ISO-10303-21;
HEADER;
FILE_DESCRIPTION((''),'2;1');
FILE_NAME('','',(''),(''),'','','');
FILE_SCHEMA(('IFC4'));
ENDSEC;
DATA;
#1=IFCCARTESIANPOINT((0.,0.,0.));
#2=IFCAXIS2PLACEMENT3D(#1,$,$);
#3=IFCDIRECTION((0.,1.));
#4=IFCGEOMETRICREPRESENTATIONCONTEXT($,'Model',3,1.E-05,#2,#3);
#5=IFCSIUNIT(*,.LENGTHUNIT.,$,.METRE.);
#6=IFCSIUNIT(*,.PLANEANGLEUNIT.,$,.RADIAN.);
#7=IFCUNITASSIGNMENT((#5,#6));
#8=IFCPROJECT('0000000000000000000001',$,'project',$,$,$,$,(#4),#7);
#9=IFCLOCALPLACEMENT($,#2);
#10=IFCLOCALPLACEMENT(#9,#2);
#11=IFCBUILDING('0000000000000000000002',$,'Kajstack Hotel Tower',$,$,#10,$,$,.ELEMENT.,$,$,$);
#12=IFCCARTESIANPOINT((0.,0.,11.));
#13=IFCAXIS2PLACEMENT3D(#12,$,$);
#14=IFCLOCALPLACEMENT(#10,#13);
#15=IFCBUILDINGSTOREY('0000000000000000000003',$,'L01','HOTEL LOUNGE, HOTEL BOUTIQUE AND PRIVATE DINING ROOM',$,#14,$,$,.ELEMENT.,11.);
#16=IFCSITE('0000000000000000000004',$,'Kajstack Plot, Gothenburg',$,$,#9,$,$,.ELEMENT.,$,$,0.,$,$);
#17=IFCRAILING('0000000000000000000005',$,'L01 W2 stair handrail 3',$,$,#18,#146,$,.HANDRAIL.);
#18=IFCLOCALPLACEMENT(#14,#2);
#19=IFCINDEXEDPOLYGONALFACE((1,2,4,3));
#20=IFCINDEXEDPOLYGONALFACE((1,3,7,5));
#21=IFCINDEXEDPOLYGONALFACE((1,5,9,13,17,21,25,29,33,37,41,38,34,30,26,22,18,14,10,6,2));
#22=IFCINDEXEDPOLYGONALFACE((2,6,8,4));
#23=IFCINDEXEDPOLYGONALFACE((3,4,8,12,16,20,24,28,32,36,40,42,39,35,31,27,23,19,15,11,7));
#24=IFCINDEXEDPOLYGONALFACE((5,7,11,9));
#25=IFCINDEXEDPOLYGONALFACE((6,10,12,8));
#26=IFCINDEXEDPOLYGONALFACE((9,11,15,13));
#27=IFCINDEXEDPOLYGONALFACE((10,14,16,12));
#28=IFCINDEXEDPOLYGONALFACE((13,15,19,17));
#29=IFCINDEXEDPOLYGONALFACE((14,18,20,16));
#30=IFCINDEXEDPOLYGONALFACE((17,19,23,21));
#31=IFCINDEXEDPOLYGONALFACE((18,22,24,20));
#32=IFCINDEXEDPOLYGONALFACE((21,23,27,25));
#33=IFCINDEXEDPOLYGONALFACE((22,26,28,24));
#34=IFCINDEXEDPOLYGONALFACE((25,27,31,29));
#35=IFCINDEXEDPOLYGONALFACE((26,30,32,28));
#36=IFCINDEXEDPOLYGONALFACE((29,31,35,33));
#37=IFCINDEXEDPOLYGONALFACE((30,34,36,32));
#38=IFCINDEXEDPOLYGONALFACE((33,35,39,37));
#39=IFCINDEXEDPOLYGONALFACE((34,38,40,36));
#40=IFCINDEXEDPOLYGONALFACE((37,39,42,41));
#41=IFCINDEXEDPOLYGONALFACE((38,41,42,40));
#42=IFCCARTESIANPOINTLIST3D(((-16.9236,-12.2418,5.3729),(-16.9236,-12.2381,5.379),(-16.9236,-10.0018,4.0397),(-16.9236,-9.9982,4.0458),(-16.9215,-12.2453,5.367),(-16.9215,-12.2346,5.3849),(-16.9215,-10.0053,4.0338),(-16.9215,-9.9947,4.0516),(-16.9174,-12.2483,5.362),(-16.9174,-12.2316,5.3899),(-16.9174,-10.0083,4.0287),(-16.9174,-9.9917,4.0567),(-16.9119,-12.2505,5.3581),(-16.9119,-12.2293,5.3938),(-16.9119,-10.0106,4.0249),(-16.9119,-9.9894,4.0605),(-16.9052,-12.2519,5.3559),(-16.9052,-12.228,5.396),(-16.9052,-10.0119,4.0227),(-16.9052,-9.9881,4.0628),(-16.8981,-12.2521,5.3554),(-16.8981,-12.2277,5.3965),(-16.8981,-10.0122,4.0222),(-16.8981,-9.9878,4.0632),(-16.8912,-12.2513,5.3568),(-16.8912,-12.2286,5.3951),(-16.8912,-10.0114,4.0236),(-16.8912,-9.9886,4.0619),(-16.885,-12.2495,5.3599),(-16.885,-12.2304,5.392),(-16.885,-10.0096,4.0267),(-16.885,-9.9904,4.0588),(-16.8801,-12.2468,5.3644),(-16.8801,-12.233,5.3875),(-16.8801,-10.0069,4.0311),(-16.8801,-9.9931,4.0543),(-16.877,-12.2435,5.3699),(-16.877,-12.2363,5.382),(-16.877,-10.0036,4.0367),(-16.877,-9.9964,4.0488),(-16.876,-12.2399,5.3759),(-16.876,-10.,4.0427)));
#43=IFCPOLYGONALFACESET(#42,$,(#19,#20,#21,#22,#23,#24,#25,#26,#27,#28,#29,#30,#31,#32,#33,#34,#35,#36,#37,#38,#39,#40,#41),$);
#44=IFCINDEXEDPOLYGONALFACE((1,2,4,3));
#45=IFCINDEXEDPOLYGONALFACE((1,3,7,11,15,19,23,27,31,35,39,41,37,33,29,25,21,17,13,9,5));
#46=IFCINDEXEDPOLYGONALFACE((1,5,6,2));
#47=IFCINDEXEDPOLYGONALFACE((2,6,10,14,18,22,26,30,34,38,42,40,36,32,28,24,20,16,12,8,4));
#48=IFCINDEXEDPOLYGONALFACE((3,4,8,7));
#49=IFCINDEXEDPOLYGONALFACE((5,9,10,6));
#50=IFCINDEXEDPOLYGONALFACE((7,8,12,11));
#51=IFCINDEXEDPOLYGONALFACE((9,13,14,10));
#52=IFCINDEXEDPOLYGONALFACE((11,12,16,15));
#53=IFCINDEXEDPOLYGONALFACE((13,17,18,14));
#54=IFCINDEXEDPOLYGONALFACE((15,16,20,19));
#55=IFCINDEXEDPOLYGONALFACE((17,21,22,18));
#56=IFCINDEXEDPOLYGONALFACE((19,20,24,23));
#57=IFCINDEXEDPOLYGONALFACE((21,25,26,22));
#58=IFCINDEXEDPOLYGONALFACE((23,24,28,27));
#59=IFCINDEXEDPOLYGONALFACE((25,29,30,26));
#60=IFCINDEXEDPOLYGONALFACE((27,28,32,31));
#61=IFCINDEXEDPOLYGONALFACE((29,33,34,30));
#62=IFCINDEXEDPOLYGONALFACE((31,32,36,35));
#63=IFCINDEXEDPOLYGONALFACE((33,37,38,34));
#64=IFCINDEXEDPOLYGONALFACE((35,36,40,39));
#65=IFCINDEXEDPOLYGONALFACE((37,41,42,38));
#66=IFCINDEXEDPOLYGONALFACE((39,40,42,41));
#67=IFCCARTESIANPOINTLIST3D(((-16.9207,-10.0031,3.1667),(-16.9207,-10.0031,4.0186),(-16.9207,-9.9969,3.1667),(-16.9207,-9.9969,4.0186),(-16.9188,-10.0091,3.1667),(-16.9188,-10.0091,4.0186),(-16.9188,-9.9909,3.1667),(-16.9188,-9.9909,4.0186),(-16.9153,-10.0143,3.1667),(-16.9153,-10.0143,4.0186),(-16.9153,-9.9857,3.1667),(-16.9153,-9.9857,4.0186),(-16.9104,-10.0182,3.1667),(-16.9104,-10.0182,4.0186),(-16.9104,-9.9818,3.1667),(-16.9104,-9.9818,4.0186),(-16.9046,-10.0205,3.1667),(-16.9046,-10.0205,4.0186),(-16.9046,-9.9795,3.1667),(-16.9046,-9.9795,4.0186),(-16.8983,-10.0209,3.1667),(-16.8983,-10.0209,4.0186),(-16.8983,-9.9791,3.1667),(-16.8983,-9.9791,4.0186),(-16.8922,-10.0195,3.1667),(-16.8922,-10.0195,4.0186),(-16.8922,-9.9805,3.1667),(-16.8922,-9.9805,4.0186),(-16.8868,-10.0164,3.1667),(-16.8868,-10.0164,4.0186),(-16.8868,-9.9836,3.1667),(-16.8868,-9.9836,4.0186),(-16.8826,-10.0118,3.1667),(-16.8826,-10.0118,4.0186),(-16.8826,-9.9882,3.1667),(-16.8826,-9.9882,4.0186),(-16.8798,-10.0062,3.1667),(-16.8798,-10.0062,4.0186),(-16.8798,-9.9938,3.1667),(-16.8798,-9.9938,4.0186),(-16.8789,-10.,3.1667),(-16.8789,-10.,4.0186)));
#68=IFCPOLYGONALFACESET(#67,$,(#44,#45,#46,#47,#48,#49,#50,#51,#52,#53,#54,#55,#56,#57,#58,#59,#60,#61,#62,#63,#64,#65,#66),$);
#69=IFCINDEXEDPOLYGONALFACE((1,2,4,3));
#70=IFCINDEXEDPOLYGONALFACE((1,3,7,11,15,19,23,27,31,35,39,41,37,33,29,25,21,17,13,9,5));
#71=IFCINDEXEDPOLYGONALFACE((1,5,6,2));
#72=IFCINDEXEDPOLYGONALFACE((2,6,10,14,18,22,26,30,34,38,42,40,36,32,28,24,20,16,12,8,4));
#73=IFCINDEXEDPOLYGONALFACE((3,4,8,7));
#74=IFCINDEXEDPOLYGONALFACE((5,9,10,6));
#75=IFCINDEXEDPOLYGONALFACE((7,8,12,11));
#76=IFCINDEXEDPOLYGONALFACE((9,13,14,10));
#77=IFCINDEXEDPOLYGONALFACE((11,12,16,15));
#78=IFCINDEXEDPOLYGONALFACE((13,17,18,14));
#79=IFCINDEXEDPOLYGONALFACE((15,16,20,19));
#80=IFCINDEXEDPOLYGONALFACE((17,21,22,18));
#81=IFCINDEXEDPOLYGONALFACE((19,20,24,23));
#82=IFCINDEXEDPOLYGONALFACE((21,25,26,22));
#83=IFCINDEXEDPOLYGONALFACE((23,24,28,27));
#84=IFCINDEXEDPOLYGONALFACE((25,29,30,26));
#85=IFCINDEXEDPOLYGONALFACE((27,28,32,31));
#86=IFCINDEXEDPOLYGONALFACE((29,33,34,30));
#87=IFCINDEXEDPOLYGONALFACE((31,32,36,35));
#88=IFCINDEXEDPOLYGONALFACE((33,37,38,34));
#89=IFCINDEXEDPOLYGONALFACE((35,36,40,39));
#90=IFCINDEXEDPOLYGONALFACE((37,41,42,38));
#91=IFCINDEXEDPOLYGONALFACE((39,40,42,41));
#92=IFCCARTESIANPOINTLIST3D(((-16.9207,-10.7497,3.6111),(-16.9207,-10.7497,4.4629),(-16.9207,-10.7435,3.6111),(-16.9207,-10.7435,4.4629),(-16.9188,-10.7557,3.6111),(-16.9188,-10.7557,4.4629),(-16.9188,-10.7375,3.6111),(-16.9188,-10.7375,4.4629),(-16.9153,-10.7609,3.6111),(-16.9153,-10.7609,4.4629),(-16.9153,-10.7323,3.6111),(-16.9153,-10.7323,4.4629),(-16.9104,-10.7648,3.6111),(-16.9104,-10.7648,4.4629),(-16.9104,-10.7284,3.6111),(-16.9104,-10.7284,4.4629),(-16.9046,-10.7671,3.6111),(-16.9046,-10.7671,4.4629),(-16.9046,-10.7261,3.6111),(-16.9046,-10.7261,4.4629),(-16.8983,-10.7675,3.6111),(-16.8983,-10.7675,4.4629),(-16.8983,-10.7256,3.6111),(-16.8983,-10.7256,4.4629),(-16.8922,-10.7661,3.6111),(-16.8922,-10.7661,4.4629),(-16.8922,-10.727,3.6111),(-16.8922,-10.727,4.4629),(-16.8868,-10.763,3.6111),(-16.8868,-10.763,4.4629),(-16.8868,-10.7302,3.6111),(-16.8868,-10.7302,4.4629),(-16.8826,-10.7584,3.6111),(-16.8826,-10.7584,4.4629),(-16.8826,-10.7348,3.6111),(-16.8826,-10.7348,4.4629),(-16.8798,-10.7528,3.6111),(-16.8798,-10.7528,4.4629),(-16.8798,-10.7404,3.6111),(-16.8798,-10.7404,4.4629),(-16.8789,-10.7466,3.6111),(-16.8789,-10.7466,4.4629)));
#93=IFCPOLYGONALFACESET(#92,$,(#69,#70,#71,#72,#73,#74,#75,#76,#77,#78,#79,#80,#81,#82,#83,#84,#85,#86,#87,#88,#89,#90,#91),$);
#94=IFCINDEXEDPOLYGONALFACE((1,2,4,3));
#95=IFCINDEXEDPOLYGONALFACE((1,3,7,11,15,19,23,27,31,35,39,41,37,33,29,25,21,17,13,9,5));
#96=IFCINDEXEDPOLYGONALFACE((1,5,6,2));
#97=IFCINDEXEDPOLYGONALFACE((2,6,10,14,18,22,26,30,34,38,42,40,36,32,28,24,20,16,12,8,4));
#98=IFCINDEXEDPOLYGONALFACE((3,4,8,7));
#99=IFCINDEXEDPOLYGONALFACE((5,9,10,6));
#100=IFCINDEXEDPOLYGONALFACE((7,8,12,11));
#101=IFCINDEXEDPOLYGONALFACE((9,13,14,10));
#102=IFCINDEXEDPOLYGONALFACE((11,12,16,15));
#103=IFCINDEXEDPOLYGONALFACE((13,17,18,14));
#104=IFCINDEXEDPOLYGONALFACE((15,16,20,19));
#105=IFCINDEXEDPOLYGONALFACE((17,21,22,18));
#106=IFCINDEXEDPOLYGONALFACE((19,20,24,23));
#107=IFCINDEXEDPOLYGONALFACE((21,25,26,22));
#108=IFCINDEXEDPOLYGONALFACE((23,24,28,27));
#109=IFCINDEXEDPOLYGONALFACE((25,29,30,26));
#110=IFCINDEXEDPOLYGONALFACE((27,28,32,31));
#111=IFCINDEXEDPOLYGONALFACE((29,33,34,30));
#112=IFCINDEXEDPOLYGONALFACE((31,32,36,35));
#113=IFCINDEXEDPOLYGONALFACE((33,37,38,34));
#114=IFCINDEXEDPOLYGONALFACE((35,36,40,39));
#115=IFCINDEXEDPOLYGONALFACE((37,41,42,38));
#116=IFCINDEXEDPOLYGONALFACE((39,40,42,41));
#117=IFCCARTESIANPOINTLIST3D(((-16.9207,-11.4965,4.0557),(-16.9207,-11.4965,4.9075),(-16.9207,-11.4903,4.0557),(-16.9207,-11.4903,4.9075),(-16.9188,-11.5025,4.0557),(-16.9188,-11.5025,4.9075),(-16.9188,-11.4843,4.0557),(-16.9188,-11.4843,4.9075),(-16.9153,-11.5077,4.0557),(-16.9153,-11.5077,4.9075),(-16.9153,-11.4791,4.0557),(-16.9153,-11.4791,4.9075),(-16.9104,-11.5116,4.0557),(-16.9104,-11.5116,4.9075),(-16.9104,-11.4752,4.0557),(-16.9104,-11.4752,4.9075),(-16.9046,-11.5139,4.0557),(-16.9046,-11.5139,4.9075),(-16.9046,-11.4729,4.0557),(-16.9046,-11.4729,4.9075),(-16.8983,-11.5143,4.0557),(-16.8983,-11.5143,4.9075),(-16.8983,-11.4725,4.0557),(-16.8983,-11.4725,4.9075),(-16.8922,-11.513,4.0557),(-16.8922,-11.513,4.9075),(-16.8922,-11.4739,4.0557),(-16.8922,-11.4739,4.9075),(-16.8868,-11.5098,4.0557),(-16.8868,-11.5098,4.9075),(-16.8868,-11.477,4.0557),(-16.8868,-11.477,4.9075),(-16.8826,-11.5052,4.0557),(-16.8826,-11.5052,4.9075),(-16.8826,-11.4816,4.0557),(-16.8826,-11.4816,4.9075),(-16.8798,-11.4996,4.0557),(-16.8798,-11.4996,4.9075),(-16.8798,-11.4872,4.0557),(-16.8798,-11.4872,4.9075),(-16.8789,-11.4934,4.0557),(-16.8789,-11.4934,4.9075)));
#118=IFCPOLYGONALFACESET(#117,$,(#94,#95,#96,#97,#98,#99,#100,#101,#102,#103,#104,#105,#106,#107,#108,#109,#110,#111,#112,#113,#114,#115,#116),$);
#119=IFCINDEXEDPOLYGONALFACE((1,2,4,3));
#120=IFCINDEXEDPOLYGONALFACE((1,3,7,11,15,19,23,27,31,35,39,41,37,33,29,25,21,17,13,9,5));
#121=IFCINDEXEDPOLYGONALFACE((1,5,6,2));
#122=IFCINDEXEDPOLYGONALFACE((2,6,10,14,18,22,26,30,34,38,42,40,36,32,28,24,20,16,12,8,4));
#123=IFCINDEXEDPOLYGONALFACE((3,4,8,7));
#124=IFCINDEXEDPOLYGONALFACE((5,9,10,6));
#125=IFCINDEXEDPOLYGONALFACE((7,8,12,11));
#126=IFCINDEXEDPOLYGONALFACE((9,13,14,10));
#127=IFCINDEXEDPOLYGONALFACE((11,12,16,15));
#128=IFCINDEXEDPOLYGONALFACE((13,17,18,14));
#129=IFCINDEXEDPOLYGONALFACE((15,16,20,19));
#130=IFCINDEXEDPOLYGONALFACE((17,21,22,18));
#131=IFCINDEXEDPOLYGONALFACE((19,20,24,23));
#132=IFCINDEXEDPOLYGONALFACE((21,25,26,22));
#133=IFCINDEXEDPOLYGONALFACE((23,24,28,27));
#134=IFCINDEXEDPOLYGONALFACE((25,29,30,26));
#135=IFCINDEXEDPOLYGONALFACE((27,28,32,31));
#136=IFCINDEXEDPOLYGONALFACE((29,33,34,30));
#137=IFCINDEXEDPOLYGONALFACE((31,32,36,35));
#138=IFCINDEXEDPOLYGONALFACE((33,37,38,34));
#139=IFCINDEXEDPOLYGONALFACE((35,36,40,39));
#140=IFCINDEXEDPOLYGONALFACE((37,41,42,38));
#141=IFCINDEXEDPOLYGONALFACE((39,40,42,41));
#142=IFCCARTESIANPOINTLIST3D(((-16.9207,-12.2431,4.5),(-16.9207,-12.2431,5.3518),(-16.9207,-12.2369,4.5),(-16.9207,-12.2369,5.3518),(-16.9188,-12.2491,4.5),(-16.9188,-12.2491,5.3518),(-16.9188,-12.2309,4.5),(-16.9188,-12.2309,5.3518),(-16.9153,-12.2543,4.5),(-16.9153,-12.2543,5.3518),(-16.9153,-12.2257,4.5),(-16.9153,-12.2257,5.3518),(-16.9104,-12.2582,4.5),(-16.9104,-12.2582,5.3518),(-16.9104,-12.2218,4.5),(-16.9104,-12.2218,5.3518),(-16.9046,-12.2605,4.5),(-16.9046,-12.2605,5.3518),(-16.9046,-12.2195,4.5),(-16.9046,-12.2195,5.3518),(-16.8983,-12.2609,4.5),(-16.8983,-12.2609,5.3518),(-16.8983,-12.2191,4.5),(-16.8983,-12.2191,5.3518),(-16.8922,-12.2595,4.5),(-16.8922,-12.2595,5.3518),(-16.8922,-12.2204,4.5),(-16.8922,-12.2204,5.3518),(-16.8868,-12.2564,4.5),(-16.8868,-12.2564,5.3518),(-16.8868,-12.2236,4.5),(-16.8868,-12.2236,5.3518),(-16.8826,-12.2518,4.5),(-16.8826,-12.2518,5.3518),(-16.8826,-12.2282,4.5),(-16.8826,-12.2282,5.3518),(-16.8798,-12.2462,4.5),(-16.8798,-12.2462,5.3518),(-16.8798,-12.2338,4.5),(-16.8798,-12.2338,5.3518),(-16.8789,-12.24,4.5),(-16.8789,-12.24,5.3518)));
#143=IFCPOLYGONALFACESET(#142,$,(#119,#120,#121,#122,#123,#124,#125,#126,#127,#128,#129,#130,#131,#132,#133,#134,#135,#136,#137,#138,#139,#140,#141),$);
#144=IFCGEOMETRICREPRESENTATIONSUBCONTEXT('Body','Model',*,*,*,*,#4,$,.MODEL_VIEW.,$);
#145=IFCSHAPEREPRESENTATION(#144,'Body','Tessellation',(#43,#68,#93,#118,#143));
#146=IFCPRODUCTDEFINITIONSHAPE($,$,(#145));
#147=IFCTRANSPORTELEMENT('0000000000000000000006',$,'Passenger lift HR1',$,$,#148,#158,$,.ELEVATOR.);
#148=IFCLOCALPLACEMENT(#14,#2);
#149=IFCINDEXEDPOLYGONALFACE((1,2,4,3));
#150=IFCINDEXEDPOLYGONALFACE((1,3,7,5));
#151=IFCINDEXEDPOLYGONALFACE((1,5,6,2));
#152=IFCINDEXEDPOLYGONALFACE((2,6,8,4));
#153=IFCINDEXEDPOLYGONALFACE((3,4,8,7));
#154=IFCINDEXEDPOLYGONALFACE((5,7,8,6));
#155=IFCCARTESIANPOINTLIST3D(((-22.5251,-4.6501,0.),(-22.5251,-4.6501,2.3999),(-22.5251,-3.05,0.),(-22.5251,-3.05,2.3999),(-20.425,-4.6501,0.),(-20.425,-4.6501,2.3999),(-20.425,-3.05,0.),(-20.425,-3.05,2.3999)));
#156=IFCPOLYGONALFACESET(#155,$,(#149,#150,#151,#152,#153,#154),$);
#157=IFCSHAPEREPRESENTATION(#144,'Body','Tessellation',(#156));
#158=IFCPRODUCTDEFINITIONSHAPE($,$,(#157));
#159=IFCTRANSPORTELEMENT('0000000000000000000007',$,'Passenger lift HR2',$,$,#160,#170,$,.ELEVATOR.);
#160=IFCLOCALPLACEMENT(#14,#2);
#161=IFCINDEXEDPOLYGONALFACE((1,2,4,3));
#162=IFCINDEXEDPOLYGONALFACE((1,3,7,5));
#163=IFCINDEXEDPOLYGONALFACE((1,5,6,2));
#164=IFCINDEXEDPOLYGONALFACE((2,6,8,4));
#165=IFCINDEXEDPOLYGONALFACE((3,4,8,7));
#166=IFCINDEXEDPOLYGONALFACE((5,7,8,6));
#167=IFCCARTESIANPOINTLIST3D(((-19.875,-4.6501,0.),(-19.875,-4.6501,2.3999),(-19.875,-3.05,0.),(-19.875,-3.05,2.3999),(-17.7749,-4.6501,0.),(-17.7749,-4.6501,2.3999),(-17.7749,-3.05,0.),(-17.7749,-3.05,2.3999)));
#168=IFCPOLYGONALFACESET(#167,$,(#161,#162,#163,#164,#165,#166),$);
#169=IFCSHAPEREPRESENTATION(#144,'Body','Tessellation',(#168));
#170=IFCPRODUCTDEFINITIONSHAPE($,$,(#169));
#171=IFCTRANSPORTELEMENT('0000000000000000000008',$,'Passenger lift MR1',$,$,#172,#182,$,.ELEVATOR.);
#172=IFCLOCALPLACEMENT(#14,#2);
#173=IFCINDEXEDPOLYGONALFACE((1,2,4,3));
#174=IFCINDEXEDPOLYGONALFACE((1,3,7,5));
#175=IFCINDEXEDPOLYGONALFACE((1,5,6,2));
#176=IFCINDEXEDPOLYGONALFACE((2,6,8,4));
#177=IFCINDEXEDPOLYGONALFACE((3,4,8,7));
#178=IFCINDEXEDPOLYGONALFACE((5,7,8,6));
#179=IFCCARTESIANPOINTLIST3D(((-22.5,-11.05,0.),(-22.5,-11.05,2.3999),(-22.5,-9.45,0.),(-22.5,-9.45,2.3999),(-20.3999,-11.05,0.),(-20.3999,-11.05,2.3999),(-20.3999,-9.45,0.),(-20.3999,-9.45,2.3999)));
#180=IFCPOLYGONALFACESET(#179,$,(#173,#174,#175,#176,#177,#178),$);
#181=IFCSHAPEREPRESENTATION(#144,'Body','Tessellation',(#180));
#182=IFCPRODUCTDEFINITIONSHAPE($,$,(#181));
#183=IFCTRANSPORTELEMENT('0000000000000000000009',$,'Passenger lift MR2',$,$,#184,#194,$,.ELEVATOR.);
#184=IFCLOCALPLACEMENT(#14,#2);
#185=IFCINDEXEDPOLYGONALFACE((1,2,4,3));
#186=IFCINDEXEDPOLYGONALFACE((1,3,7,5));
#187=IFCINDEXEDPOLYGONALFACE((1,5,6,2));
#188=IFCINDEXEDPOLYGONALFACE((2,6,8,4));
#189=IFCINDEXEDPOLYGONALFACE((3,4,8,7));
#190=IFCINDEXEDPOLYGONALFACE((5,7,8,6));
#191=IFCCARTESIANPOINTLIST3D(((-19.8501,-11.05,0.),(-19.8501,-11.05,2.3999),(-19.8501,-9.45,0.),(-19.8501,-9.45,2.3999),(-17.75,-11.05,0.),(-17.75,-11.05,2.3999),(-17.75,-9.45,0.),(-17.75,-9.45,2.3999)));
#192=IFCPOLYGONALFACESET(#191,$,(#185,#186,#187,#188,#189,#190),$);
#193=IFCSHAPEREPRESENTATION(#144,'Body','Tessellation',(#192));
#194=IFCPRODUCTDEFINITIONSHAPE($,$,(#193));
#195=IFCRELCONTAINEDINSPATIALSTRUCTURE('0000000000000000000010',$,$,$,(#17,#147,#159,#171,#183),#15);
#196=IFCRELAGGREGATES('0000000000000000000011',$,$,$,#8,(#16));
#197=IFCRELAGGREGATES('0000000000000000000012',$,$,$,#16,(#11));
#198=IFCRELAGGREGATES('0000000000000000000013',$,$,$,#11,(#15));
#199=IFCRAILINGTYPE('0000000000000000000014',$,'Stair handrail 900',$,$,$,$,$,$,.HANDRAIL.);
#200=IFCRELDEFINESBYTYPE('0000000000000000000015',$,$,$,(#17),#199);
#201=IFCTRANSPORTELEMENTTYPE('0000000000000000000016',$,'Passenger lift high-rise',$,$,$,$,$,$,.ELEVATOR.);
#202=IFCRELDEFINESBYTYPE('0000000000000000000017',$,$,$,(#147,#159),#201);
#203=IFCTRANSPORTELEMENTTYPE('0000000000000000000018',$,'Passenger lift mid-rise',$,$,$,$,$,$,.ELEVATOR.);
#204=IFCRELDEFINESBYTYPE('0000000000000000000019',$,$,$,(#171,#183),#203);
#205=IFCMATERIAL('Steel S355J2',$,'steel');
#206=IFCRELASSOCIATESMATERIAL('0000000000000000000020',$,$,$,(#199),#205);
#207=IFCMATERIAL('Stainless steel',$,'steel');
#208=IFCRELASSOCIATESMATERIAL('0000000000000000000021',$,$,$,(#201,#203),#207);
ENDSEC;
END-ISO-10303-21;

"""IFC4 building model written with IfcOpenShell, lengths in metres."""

from ifc_helpers import new_model, si_unit, direction, frame, origin, origin_2d, place, context, subcontext, project, spatial, rectangle, circle, extrude, material, type_object, element, save


model = new_model("IFC4")

# Units and contexts
model_context = context("Model", 3, precision=1e-05, world=origin(), true_north=direction((0.0, 1.0)))
body_context = subcontext(model_context, "Body", "Model", "MODEL_VIEW")
ifc_project = project(units=[si_unit("LENGTHUNIT", "METRE"), si_unit("PLANEANGLEUNIT", "RADIAN")], contexts=[model_context])

# Site, building, storey
site_placement = place(None, origin())
site = spatial("IfcSite", under=ifc_project, at=site_placement, Name="Kajstack Plot, Gothenburg", CompositionType="ELEMENT", RefElevation=0.0)
building_placement = place(site_placement, origin())
building = spatial("IfcBuilding", under=site, at=building_placement, Name="Kajstack Hotel Tower", CompositionType="ELEMENT")
storey_placement = place(building_placement, frame((0.0, 0.0, 11.0)))
storey = spatial("IfcBuildingStorey", under=building, at=storey_placement, Name="L01", Description="HOTEL LOUNGE, HOTEL BOUTIQUE AND PRIVATE DINING ROOM", CompositionType="ELEMENT", Elevation=11.0)

# Railing
ifc_material_1 = material(Name="Steel S355J2", Category="steel")
railing_type_1 = type_object("IfcRailingType", Name="Stair handrail 900", PredefinedType="HANDRAIL", material=ifc_material_1)
for number, where, name in (
    (1, (-16.8999, -10.0, 3.1667), "L01 W2 stair handrail 3"),
):
    element("IfcRailing", number, at=place(storey_placement, frame(where)), inside=storey, type_object=railing_type_1, Name=name, PredefinedType="HANDRAIL", context=body_context, shape_type="SweptSolid", body=[
        extrude(circle(Radius=0.0239, at=origin_2d()), frame((0.0, 0.0, 0.876), z_axis=(0.0, -0.859306, 0.511462), x_axis=(1.0, 0.0, 0.0)), (0.0, 0.0, 1.0), 2.6067),
        extrude(circle(Radius=0.021, at=origin_2d()), origin(), (0.0, 0.0, 1.0), 0.8518),
        extrude(circle(Radius=0.021, at=origin_2d()), frame((0.0, -0.7466, 0.4443)), (0.0, 0.0, 1.0), 0.8518),
        extrude(circle(Radius=0.021, at=origin_2d()), frame((0.0, -1.4934, 0.8889)), (0.0, 0.0, 1.0), 0.8518),
        extrude(circle(Radius=0.021, at=origin_2d()), frame((0.0, -2.24, 1.3333)), (0.0, 0.0, 1.0), 0.8518),
    ])

# Transport elements
ifc_material_2 = material(Name="Stainless steel", Category="steel")
transport_element_type_1 = type_object("IfcTransportElementType", Name="Passenger lift high-rise", PredefinedType="ELEVATOR", material=ifc_material_2)
for number, where, z_axis, x_axis, name in (
    (2, (-21.4751, -3.8501, 0.0), (0.0, 0.0, 1.0), (1.0, 0.0, 0.0), "Passenger lift HR1"),
    (3, (-18.825, -3.8501, 0.0), (0.0, 0.0, 1.0), (1.0, 0.0, 0.0), "Passenger lift HR2"),
):
    element("IfcTransportElement", number, at=place(storey_placement, frame(where, z_axis=z_axis, x_axis=x_axis)), inside=storey, type_object=transport_element_type_1, Name=name, PredefinedType="ELEVATOR", context=body_context, shape_type="SweptSolid", body=[
        extrude(rectangle(XDim=2.1001, YDim=1.6001, at=origin_2d()), origin(), (0.0, 0.0, 1.0), 2.3999),
    ])
transport_element_type_2 = type_object("IfcTransportElementType", Name="Passenger lift mid-rise", PredefinedType="ELEVATOR", material=ifc_material_2)
for number, where, z_axis, x_axis, name in (
    (4, (-21.45, -10.25, 0.0), (0.0, 0.0, 1.0), (1.0, 0.0, 0.0), "Passenger lift MR1"),
    (5, (-18.8, -10.25, 0.0), (0.0, 0.0, 1.0), (1.0, 0.0, 0.0), "Passenger lift MR2"),
):
    element("IfcTransportElement", number, at=place(storey_placement, frame(where, z_axis=z_axis, x_axis=x_axis)), inside=storey, type_object=transport_element_type_2, Name=name, PredefinedType="ELEVATOR", context=body_context, shape_type="SweptSolid", body=[
        extrude(rectangle(XDim=2.1001, YDim=1.6001, at=origin_2d()), origin(), (0.0, 0.0, 1.0), 2.3999),
    ])

save(model, "model.ifc")
